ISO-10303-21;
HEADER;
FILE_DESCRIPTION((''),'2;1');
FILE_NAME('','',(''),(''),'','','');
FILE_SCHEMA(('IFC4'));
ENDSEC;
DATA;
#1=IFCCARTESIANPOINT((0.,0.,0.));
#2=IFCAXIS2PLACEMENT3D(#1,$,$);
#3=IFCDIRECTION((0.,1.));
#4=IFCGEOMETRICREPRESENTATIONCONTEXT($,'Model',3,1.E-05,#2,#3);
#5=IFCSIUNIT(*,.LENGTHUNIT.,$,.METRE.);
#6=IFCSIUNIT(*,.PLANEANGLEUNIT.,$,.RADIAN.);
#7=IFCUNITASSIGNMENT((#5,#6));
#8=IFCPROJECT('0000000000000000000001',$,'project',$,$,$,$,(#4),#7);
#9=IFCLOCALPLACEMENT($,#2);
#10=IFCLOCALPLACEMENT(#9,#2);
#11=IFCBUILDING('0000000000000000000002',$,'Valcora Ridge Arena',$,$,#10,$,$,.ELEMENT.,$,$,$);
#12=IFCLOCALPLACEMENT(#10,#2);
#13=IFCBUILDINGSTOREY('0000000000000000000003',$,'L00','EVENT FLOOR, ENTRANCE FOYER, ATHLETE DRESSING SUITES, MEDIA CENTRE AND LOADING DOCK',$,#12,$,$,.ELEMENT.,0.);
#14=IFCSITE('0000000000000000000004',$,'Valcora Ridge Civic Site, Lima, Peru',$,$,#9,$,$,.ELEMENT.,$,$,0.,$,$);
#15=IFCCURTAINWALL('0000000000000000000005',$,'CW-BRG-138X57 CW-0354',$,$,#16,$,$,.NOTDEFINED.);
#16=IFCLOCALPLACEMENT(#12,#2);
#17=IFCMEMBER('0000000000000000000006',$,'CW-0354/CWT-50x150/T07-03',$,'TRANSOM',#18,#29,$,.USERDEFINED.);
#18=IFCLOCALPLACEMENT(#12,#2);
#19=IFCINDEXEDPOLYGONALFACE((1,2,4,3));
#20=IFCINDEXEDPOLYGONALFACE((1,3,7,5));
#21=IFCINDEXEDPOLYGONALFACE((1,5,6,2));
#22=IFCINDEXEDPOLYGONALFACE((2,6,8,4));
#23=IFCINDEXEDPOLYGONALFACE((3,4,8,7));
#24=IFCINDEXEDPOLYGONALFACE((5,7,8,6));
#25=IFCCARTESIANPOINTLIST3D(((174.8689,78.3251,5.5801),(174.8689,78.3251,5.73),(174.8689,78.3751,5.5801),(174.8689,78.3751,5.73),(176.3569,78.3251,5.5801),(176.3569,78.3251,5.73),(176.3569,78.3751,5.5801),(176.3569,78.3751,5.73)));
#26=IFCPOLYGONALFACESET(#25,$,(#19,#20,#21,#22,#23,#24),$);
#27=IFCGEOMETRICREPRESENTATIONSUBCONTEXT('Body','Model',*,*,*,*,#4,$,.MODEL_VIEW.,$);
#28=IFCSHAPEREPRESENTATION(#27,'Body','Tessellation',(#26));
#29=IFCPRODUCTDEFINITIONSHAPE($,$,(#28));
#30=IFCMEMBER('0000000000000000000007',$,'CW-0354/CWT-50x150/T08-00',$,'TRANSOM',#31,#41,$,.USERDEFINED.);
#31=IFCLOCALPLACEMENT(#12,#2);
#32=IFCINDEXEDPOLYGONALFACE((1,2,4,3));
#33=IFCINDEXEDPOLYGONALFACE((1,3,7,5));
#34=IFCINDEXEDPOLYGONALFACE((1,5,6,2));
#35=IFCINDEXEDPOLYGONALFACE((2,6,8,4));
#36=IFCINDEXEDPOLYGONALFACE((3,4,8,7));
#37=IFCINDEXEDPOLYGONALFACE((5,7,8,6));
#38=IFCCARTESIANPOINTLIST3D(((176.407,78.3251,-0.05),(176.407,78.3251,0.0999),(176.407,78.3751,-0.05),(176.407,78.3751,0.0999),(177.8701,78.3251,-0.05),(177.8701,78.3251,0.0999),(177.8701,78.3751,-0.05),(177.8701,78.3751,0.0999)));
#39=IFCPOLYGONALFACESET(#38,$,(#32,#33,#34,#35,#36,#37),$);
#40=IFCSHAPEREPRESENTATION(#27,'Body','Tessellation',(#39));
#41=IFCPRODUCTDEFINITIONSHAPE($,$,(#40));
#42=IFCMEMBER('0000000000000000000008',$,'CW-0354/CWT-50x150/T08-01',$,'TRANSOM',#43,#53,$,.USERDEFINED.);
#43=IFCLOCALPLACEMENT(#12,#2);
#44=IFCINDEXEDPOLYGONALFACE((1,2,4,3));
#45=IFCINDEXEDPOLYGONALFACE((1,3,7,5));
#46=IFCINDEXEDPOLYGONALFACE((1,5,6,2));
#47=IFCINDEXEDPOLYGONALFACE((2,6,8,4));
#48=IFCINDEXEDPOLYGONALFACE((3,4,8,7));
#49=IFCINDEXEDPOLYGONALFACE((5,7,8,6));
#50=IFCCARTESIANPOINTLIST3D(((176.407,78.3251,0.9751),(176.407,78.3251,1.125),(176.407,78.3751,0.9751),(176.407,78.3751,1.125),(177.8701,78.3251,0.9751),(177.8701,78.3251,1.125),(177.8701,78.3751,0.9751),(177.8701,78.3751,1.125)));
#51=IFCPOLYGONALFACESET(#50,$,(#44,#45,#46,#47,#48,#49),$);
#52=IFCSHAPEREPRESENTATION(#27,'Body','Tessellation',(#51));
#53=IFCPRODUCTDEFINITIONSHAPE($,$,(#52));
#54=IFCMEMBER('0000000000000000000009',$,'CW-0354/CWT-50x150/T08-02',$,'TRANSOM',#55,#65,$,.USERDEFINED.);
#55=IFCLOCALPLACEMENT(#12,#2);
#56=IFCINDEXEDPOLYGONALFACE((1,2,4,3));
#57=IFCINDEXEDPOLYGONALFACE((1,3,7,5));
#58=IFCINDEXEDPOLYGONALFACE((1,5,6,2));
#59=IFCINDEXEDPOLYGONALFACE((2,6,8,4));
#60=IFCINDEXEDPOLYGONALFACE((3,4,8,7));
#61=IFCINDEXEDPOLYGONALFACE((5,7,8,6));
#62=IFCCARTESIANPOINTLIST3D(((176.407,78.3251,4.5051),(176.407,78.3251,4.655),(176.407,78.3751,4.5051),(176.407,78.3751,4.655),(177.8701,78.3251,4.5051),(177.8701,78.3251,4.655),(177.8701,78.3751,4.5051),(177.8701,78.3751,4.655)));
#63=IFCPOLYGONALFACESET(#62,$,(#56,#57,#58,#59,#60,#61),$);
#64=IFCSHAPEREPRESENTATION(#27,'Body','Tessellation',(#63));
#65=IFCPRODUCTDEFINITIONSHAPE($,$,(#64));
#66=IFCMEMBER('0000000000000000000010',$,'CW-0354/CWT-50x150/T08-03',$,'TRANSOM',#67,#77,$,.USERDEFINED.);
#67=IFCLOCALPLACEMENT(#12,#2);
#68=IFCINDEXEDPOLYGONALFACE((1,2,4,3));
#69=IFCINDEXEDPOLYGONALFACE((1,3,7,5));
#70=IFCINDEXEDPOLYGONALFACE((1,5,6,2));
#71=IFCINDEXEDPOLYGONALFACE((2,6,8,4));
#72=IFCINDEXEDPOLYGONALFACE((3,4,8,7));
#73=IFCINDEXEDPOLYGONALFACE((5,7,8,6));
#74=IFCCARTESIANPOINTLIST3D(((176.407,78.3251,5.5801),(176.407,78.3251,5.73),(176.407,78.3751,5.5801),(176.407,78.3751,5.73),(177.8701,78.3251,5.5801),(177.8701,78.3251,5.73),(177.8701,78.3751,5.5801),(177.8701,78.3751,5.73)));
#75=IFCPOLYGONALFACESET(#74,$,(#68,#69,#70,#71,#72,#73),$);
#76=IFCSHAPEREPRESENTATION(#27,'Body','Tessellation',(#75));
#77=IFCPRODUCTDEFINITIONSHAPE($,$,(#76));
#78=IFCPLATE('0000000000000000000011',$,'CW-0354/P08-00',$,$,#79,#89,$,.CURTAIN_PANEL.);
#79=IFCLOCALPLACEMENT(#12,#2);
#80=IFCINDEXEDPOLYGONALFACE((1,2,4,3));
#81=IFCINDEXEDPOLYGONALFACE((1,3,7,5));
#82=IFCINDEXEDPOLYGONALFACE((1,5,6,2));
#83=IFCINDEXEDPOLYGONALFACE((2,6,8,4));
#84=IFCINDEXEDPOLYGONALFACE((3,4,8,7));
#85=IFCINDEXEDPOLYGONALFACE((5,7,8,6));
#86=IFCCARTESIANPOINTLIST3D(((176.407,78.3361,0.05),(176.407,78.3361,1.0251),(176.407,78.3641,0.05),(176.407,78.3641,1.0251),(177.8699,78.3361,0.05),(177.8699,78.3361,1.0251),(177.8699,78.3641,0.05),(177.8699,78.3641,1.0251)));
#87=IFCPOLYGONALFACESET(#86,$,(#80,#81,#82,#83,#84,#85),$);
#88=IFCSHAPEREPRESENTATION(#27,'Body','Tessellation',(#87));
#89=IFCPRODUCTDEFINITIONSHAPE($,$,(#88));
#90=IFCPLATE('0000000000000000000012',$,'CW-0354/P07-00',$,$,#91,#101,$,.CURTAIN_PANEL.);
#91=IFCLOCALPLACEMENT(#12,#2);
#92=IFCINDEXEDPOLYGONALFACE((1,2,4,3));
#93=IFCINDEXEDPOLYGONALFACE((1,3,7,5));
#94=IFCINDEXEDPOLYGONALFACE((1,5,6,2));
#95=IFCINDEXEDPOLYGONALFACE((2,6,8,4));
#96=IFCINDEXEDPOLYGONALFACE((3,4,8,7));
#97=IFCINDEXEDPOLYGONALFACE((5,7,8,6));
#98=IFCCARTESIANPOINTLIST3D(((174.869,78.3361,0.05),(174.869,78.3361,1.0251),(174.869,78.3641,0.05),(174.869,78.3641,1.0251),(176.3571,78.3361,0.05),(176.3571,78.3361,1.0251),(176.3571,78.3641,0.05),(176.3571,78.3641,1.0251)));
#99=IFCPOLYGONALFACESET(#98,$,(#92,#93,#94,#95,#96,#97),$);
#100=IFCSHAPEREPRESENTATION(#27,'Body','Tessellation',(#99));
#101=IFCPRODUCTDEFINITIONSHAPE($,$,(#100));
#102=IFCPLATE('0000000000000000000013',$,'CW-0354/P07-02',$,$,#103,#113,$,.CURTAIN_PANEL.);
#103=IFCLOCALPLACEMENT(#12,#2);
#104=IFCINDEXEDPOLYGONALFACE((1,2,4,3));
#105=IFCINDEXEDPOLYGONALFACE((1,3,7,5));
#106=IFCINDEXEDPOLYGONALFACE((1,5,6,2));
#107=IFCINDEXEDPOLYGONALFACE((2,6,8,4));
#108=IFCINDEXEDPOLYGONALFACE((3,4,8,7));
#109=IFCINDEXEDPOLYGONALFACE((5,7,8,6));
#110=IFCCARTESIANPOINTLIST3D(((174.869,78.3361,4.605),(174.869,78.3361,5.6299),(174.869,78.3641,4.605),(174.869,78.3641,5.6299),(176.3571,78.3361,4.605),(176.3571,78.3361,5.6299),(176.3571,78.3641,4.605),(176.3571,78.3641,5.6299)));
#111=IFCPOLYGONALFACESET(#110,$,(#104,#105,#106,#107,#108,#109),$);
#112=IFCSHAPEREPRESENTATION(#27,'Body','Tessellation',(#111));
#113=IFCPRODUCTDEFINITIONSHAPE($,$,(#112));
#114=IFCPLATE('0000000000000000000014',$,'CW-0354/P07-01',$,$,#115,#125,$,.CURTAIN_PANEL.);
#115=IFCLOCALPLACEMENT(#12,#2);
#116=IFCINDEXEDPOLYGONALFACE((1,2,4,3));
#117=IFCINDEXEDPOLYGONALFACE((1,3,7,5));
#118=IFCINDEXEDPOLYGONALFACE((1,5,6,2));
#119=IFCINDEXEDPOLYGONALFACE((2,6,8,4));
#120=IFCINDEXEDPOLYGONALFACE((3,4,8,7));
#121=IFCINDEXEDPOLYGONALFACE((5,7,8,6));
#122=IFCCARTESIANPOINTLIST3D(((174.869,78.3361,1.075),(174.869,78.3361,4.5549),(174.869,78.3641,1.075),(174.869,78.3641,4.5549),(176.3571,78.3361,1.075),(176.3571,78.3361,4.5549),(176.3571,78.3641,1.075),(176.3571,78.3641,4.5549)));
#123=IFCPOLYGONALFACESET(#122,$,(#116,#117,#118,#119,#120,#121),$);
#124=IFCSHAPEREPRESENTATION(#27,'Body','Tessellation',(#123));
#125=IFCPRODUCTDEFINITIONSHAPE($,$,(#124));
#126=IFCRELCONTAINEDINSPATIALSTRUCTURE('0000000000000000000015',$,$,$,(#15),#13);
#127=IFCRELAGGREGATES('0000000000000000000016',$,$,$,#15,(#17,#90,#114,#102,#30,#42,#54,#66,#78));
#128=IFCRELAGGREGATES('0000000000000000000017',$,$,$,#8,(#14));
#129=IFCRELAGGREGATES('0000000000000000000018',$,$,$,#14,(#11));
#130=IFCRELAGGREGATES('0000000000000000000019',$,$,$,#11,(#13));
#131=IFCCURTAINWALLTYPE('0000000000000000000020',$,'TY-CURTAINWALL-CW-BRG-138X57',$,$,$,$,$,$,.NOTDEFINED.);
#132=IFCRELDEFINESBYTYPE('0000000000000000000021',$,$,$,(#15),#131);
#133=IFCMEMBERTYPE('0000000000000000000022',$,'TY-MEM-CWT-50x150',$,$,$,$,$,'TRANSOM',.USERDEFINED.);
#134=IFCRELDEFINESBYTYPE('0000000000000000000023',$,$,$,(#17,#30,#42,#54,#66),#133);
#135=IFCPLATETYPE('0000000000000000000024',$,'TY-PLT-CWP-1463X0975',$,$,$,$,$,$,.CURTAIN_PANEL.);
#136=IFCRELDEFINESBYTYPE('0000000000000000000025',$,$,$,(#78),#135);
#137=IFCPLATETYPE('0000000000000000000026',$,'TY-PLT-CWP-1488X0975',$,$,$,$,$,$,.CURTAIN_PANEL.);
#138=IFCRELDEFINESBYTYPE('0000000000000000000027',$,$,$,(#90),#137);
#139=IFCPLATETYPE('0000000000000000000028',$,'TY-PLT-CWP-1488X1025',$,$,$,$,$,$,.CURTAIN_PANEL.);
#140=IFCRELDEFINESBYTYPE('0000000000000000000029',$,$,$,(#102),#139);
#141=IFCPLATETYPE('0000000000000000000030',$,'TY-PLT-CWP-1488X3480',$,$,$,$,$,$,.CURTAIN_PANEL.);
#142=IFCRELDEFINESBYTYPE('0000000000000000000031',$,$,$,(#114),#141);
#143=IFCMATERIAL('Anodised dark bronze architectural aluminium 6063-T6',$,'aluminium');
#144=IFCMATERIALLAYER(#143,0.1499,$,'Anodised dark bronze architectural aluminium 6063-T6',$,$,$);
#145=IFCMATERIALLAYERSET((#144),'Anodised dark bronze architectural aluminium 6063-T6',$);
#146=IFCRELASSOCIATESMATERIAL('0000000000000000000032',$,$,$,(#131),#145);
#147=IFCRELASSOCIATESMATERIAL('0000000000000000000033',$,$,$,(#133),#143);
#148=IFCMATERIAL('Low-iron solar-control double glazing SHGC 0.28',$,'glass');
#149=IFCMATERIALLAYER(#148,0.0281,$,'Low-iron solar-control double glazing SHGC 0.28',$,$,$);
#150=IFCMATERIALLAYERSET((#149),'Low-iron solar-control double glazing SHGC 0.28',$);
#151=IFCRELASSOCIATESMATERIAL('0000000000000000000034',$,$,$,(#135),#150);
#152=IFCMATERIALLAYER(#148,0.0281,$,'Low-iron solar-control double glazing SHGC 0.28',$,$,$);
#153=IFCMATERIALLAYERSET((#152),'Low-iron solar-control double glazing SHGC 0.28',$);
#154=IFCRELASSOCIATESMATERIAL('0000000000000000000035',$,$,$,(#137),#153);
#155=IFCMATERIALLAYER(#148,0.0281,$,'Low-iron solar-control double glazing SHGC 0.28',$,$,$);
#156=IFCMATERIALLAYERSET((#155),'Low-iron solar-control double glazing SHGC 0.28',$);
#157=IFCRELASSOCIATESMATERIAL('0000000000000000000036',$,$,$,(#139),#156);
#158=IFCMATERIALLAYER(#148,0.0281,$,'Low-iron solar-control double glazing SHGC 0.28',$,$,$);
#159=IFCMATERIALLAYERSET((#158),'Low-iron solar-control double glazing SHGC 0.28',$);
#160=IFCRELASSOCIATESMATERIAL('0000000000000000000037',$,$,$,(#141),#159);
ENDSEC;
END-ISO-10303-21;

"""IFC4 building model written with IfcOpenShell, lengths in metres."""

from ifc_helpers import new_model, si_unit, direction, frame, origin, origin_2d, place, context, subcontext, project, spatial, rectangle, extrude, material, layer, layer_set, material_profile, profile_set, type_object, element, aggregate, save


model = new_model("IFC4")

# Units and contexts
model_context = context("Model", 3, precision=1e-05, world=origin(), true_north=direction((0.0, 1.0)))
body_context = subcontext(model_context, "Body", "Model", "MODEL_VIEW")
ifc_project = project(units=[si_unit("LENGTHUNIT", "METRE"), si_unit("PLANEANGLEUNIT", "RADIAN")], contexts=[model_context])

# Site, building, storey
site_placement = place(None, origin())
site = spatial("IfcSite", under=ifc_project, at=site_placement, Name="Valcora Ridge Civic Site, Lima, Peru", CompositionType="ELEMENT", RefElevation=0.0)
building_placement = place(site_placement, origin())
building = spatial("IfcBuilding", under=site, at=building_placement, Name="Valcora Ridge Arena", CompositionType="ELEMENT")
storey_placement = place(building_placement, origin())
storey = spatial("IfcBuildingStorey", under=building, at=storey_placement, Name="L00", Description="EVENT FLOOR, ENTRANCE FOYER, ATHLETE DRESSING SUITES, MEDIA CENTRE AND LOADING DOCK", CompositionType="ELEMENT", Elevation=0.0)

# Curtain wall, members, plates
ifc_material_1 = material(Name="Anodised dark bronze architectural aluminium 6063-T6", Category="aluminium")
ifc_layer_1 = layer(ifc_material_1, 0.1499, Name="Anodised dark bronze architectural aluminium 6063-T6")
ifc_layer_set_1 = layer_set([ifc_layer_1], Name="Anodised dark bronze architectural aluminium 6063-T6")
curtain_wall_type = type_object("IfcCurtainWallType", Name="TY-CURTAINWALL-CW-BRG-138X57", PredefinedType="NOTDEFINED", material=ifc_layer_set_1)
curtain_wall_placement = place(storey_placement, origin())
curtain_wall = element("IfcCurtainWall", 1, at=curtain_wall_placement, inside=storey, type_object=curtain_wall_type, Name="CW-BRG-138X57 CW-0354", PredefinedType="NOTDEFINED")
ifc_material_profile_1 = material_profile(ifc_material_1, rectangle(XDim=0.05, YDim=0.1499, at=origin_2d()), Name="ALU TRANSOM 50x150")
ifc_profile_set_1 = profile_set([ifc_material_profile_1], Name="Anodised dark bronze architectural aluminium 6063-T6")
member_type_1 = type_object("IfcMemberType", Name="TY-MEM-CWT-50x150", ElementType="TRANSOM", PredefinedType="USERDEFINED", material=ifc_profile_set_1)
member_1_placement = place(storey_placement, frame((174.8689, 78.3501, 5.655), z_axis=(1.0, 0.0, 0.0), x_axis=(0.0, 1.0, 0.0)))
member_1 = element("IfcMember", 2, at=member_1_placement, type_object=member_type_1, Name="CW-0354/CWT-50x150/T07-03", ObjectType="TRANSOM", PredefinedType="USERDEFINED", context=body_context, shape_type="SweptSolid", body=[
    extrude(rectangle(XDim=0.05, YDim=0.1499, at=origin_2d()), origin(), (0.0, 0.0, 1.0), 1.488),
])
member_2_placement = place(storey_placement, frame((176.407, 78.3501, 0.0249), z_axis=(1.0, 0.0, 0.0), x_axis=(0.0, 1.0, 0.0)))
member_2 = element("IfcMember", 3, at=member_2_placement, type_object=member_type_1, Name="CW-0354/CWT-50x150/T08-00", ObjectType="TRANSOM", PredefinedType="USERDEFINED", context=body_context, shape_type="SweptSolid", body=[
    extrude(rectangle(XDim=0.05, YDim=0.1499, at=origin_2d()), origin(), (0.0, 0.0, 1.0), 1.4631),
])
member_3_placement = place(storey_placement, frame((176.407, 78.3501, 1.05), z_axis=(1.0, 0.0, 0.0), x_axis=(0.0, 1.0, 0.0)))
member_3 = element("IfcMember", 4, at=member_3_placement, type_object=member_type_1, Name="CW-0354/CWT-50x150/T08-01", ObjectType="TRANSOM", PredefinedType="USERDEFINED", context=body_context, shape_type="SweptSolid", body=[
    extrude(rectangle(XDim=0.05, YDim=0.1499, at=origin_2d()), origin(), (0.0, 0.0, 1.0), 1.4631),
])
member_4_placement = place(storey_placement, frame((176.407, 78.3501, 4.5801), z_axis=(1.0, 0.0, 0.0), x_axis=(0.0, 1.0, 0.0)))
member_4 = element("IfcMember", 5, at=member_4_placement, type_object=member_type_1, Name="CW-0354/CWT-50x150/T08-02", ObjectType="TRANSOM", PredefinedType="USERDEFINED", context=body_context, shape_type="SweptSolid", body=[
    extrude(rectangle(XDim=0.05, YDim=0.1499, at=origin_2d()), origin(), (0.0, 0.0, 1.0), 1.4631),
])
member_5_placement = place(storey_placement, frame((176.407, 78.3501, 5.655), z_axis=(1.0, 0.0, 0.0), x_axis=(0.0, 1.0, 0.0)))
member_5 = element("IfcMember", 6, at=member_5_placement, type_object=member_type_1, Name="CW-0354/CWT-50x150/T08-03", ObjectType="TRANSOM", PredefinedType="USERDEFINED", context=body_context, shape_type="SweptSolid", body=[
    extrude(rectangle(XDim=0.05, YDim=0.1499, at=origin_2d()), origin(), (0.0, 0.0, 1.0), 1.4631),
])
ifc_material_2 = material(Name="Low-iron solar-control double glazing SHGC 0.28", Category="glass")
ifc_layer_2 = layer(ifc_material_2, 0.0281, Name="Low-iron solar-control double glazing SHGC 0.28")
ifc_layer_set_2 = layer_set([ifc_layer_2], Name="Low-iron solar-control double glazing SHGC 0.28")
plate_type_1 = type_object("IfcPlateType", Name="TY-PLT-CWP-1463X0975", PredefinedType="CURTAIN_PANEL", material=ifc_layer_set_2)
plate_1_placement = place(storey_placement, frame((177.1384, 78.3501, 0.05), z_axis=(0.0, 0.0, 1.0), x_axis=(1.0, 0.0, 0.0)))
plate_1 = element("IfcPlate", 7, at=plate_1_placement, type_object=plate_type_1, Name="CW-0354/P08-00", PredefinedType="CURTAIN_PANEL", context=body_context, shape_type="SweptSolid", body=[
    extrude(rectangle(XDim=1.4629, YDim=0.0281, at=origin_2d()), origin(), (0.0, 0.0, 1.0), 0.9751),
])
ifc_layer_3 = layer(ifc_material_2, 0.0281, Name="Low-iron solar-control double glazing SHGC 0.28")
ifc_layer_set_3 = layer_set([ifc_layer_3], Name="Low-iron solar-control double glazing SHGC 0.28")
plate_type_2 = type_object("IfcPlateType", Name="TY-PLT-CWP-1488X0975", PredefinedType="CURTAIN_PANEL", material=ifc_layer_set_3)
plate_2_placement = place(storey_placement, frame((175.613, 78.3501, 0.05), z_axis=(0.0, 0.0, 1.0), x_axis=(1.0, 0.0, 0.0)))
plate_2 = element("IfcPlate", 8, at=plate_2_placement, type_object=plate_type_2, Name="CW-0354/P07-00", PredefinedType="CURTAIN_PANEL", context=body_context, shape_type="SweptSolid", body=[
    extrude(rectangle(XDim=1.488, YDim=0.0281, at=origin_2d()), origin(), (0.0, 0.0, 1.0), 0.9751),
])
ifc_layer_4 = layer(ifc_material_2, 0.0281, Name="Low-iron solar-control double glazing SHGC 0.28")
ifc_layer_set_4 = layer_set([ifc_layer_4], Name="Low-iron solar-control double glazing SHGC 0.28")
plate_type_3 = type_object("IfcPlateType", Name="TY-PLT-CWP-1488X1025", PredefinedType="CURTAIN_PANEL", material=ifc_layer_set_4)
plate_3_placement = place(storey_placement, frame((175.613, 78.3501, 4.605), z_axis=(0.0, 0.0, 1.0), x_axis=(1.0, 0.0, 0.0)))
plate_3 = element("IfcPlate", 9, at=plate_3_placement, type_object=plate_type_3, Name="CW-0354/P07-02", PredefinedType="CURTAIN_PANEL", context=body_context, shape_type="SweptSolid", body=[
    extrude(rectangle(XDim=1.488, YDim=0.0281, at=origin_2d()), origin(), (0.0, 0.0, 1.0), 1.0249),
])
ifc_layer_5 = layer(ifc_material_2, 0.0281, Name="Low-iron solar-control double glazing SHGC 0.28")
ifc_layer_set_5 = layer_set([ifc_layer_5], Name="Low-iron solar-control double glazing SHGC 0.28")
plate_type_4 = type_object("IfcPlateType", Name="TY-PLT-CWP-1488X3480", PredefinedType="CURTAIN_PANEL", material=ifc_layer_set_5)
plate_4_placement = place(storey_placement, frame((175.613, 78.3501, 1.075), z_axis=(0.0, 0.0, 1.0), x_axis=(1.0, 0.0, 0.0)))
plate_4 = element("IfcPlate", 10, at=plate_4_placement, type_object=plate_type_4, Name="CW-0354/P07-01", PredefinedType="CURTAIN_PANEL", context=body_context, shape_type="SweptSolid", body=[
    extrude(rectangle(XDim=1.488, YDim=0.0281, at=origin_2d()), origin(), (0.0, 0.0, 1.0), 3.48),
])
aggregate(curtain_wall, [member_1, plate_2, plate_4, plate_3, member_2, member_3, member_4, member_5, plate_1])

save(model, "model.ifc")
